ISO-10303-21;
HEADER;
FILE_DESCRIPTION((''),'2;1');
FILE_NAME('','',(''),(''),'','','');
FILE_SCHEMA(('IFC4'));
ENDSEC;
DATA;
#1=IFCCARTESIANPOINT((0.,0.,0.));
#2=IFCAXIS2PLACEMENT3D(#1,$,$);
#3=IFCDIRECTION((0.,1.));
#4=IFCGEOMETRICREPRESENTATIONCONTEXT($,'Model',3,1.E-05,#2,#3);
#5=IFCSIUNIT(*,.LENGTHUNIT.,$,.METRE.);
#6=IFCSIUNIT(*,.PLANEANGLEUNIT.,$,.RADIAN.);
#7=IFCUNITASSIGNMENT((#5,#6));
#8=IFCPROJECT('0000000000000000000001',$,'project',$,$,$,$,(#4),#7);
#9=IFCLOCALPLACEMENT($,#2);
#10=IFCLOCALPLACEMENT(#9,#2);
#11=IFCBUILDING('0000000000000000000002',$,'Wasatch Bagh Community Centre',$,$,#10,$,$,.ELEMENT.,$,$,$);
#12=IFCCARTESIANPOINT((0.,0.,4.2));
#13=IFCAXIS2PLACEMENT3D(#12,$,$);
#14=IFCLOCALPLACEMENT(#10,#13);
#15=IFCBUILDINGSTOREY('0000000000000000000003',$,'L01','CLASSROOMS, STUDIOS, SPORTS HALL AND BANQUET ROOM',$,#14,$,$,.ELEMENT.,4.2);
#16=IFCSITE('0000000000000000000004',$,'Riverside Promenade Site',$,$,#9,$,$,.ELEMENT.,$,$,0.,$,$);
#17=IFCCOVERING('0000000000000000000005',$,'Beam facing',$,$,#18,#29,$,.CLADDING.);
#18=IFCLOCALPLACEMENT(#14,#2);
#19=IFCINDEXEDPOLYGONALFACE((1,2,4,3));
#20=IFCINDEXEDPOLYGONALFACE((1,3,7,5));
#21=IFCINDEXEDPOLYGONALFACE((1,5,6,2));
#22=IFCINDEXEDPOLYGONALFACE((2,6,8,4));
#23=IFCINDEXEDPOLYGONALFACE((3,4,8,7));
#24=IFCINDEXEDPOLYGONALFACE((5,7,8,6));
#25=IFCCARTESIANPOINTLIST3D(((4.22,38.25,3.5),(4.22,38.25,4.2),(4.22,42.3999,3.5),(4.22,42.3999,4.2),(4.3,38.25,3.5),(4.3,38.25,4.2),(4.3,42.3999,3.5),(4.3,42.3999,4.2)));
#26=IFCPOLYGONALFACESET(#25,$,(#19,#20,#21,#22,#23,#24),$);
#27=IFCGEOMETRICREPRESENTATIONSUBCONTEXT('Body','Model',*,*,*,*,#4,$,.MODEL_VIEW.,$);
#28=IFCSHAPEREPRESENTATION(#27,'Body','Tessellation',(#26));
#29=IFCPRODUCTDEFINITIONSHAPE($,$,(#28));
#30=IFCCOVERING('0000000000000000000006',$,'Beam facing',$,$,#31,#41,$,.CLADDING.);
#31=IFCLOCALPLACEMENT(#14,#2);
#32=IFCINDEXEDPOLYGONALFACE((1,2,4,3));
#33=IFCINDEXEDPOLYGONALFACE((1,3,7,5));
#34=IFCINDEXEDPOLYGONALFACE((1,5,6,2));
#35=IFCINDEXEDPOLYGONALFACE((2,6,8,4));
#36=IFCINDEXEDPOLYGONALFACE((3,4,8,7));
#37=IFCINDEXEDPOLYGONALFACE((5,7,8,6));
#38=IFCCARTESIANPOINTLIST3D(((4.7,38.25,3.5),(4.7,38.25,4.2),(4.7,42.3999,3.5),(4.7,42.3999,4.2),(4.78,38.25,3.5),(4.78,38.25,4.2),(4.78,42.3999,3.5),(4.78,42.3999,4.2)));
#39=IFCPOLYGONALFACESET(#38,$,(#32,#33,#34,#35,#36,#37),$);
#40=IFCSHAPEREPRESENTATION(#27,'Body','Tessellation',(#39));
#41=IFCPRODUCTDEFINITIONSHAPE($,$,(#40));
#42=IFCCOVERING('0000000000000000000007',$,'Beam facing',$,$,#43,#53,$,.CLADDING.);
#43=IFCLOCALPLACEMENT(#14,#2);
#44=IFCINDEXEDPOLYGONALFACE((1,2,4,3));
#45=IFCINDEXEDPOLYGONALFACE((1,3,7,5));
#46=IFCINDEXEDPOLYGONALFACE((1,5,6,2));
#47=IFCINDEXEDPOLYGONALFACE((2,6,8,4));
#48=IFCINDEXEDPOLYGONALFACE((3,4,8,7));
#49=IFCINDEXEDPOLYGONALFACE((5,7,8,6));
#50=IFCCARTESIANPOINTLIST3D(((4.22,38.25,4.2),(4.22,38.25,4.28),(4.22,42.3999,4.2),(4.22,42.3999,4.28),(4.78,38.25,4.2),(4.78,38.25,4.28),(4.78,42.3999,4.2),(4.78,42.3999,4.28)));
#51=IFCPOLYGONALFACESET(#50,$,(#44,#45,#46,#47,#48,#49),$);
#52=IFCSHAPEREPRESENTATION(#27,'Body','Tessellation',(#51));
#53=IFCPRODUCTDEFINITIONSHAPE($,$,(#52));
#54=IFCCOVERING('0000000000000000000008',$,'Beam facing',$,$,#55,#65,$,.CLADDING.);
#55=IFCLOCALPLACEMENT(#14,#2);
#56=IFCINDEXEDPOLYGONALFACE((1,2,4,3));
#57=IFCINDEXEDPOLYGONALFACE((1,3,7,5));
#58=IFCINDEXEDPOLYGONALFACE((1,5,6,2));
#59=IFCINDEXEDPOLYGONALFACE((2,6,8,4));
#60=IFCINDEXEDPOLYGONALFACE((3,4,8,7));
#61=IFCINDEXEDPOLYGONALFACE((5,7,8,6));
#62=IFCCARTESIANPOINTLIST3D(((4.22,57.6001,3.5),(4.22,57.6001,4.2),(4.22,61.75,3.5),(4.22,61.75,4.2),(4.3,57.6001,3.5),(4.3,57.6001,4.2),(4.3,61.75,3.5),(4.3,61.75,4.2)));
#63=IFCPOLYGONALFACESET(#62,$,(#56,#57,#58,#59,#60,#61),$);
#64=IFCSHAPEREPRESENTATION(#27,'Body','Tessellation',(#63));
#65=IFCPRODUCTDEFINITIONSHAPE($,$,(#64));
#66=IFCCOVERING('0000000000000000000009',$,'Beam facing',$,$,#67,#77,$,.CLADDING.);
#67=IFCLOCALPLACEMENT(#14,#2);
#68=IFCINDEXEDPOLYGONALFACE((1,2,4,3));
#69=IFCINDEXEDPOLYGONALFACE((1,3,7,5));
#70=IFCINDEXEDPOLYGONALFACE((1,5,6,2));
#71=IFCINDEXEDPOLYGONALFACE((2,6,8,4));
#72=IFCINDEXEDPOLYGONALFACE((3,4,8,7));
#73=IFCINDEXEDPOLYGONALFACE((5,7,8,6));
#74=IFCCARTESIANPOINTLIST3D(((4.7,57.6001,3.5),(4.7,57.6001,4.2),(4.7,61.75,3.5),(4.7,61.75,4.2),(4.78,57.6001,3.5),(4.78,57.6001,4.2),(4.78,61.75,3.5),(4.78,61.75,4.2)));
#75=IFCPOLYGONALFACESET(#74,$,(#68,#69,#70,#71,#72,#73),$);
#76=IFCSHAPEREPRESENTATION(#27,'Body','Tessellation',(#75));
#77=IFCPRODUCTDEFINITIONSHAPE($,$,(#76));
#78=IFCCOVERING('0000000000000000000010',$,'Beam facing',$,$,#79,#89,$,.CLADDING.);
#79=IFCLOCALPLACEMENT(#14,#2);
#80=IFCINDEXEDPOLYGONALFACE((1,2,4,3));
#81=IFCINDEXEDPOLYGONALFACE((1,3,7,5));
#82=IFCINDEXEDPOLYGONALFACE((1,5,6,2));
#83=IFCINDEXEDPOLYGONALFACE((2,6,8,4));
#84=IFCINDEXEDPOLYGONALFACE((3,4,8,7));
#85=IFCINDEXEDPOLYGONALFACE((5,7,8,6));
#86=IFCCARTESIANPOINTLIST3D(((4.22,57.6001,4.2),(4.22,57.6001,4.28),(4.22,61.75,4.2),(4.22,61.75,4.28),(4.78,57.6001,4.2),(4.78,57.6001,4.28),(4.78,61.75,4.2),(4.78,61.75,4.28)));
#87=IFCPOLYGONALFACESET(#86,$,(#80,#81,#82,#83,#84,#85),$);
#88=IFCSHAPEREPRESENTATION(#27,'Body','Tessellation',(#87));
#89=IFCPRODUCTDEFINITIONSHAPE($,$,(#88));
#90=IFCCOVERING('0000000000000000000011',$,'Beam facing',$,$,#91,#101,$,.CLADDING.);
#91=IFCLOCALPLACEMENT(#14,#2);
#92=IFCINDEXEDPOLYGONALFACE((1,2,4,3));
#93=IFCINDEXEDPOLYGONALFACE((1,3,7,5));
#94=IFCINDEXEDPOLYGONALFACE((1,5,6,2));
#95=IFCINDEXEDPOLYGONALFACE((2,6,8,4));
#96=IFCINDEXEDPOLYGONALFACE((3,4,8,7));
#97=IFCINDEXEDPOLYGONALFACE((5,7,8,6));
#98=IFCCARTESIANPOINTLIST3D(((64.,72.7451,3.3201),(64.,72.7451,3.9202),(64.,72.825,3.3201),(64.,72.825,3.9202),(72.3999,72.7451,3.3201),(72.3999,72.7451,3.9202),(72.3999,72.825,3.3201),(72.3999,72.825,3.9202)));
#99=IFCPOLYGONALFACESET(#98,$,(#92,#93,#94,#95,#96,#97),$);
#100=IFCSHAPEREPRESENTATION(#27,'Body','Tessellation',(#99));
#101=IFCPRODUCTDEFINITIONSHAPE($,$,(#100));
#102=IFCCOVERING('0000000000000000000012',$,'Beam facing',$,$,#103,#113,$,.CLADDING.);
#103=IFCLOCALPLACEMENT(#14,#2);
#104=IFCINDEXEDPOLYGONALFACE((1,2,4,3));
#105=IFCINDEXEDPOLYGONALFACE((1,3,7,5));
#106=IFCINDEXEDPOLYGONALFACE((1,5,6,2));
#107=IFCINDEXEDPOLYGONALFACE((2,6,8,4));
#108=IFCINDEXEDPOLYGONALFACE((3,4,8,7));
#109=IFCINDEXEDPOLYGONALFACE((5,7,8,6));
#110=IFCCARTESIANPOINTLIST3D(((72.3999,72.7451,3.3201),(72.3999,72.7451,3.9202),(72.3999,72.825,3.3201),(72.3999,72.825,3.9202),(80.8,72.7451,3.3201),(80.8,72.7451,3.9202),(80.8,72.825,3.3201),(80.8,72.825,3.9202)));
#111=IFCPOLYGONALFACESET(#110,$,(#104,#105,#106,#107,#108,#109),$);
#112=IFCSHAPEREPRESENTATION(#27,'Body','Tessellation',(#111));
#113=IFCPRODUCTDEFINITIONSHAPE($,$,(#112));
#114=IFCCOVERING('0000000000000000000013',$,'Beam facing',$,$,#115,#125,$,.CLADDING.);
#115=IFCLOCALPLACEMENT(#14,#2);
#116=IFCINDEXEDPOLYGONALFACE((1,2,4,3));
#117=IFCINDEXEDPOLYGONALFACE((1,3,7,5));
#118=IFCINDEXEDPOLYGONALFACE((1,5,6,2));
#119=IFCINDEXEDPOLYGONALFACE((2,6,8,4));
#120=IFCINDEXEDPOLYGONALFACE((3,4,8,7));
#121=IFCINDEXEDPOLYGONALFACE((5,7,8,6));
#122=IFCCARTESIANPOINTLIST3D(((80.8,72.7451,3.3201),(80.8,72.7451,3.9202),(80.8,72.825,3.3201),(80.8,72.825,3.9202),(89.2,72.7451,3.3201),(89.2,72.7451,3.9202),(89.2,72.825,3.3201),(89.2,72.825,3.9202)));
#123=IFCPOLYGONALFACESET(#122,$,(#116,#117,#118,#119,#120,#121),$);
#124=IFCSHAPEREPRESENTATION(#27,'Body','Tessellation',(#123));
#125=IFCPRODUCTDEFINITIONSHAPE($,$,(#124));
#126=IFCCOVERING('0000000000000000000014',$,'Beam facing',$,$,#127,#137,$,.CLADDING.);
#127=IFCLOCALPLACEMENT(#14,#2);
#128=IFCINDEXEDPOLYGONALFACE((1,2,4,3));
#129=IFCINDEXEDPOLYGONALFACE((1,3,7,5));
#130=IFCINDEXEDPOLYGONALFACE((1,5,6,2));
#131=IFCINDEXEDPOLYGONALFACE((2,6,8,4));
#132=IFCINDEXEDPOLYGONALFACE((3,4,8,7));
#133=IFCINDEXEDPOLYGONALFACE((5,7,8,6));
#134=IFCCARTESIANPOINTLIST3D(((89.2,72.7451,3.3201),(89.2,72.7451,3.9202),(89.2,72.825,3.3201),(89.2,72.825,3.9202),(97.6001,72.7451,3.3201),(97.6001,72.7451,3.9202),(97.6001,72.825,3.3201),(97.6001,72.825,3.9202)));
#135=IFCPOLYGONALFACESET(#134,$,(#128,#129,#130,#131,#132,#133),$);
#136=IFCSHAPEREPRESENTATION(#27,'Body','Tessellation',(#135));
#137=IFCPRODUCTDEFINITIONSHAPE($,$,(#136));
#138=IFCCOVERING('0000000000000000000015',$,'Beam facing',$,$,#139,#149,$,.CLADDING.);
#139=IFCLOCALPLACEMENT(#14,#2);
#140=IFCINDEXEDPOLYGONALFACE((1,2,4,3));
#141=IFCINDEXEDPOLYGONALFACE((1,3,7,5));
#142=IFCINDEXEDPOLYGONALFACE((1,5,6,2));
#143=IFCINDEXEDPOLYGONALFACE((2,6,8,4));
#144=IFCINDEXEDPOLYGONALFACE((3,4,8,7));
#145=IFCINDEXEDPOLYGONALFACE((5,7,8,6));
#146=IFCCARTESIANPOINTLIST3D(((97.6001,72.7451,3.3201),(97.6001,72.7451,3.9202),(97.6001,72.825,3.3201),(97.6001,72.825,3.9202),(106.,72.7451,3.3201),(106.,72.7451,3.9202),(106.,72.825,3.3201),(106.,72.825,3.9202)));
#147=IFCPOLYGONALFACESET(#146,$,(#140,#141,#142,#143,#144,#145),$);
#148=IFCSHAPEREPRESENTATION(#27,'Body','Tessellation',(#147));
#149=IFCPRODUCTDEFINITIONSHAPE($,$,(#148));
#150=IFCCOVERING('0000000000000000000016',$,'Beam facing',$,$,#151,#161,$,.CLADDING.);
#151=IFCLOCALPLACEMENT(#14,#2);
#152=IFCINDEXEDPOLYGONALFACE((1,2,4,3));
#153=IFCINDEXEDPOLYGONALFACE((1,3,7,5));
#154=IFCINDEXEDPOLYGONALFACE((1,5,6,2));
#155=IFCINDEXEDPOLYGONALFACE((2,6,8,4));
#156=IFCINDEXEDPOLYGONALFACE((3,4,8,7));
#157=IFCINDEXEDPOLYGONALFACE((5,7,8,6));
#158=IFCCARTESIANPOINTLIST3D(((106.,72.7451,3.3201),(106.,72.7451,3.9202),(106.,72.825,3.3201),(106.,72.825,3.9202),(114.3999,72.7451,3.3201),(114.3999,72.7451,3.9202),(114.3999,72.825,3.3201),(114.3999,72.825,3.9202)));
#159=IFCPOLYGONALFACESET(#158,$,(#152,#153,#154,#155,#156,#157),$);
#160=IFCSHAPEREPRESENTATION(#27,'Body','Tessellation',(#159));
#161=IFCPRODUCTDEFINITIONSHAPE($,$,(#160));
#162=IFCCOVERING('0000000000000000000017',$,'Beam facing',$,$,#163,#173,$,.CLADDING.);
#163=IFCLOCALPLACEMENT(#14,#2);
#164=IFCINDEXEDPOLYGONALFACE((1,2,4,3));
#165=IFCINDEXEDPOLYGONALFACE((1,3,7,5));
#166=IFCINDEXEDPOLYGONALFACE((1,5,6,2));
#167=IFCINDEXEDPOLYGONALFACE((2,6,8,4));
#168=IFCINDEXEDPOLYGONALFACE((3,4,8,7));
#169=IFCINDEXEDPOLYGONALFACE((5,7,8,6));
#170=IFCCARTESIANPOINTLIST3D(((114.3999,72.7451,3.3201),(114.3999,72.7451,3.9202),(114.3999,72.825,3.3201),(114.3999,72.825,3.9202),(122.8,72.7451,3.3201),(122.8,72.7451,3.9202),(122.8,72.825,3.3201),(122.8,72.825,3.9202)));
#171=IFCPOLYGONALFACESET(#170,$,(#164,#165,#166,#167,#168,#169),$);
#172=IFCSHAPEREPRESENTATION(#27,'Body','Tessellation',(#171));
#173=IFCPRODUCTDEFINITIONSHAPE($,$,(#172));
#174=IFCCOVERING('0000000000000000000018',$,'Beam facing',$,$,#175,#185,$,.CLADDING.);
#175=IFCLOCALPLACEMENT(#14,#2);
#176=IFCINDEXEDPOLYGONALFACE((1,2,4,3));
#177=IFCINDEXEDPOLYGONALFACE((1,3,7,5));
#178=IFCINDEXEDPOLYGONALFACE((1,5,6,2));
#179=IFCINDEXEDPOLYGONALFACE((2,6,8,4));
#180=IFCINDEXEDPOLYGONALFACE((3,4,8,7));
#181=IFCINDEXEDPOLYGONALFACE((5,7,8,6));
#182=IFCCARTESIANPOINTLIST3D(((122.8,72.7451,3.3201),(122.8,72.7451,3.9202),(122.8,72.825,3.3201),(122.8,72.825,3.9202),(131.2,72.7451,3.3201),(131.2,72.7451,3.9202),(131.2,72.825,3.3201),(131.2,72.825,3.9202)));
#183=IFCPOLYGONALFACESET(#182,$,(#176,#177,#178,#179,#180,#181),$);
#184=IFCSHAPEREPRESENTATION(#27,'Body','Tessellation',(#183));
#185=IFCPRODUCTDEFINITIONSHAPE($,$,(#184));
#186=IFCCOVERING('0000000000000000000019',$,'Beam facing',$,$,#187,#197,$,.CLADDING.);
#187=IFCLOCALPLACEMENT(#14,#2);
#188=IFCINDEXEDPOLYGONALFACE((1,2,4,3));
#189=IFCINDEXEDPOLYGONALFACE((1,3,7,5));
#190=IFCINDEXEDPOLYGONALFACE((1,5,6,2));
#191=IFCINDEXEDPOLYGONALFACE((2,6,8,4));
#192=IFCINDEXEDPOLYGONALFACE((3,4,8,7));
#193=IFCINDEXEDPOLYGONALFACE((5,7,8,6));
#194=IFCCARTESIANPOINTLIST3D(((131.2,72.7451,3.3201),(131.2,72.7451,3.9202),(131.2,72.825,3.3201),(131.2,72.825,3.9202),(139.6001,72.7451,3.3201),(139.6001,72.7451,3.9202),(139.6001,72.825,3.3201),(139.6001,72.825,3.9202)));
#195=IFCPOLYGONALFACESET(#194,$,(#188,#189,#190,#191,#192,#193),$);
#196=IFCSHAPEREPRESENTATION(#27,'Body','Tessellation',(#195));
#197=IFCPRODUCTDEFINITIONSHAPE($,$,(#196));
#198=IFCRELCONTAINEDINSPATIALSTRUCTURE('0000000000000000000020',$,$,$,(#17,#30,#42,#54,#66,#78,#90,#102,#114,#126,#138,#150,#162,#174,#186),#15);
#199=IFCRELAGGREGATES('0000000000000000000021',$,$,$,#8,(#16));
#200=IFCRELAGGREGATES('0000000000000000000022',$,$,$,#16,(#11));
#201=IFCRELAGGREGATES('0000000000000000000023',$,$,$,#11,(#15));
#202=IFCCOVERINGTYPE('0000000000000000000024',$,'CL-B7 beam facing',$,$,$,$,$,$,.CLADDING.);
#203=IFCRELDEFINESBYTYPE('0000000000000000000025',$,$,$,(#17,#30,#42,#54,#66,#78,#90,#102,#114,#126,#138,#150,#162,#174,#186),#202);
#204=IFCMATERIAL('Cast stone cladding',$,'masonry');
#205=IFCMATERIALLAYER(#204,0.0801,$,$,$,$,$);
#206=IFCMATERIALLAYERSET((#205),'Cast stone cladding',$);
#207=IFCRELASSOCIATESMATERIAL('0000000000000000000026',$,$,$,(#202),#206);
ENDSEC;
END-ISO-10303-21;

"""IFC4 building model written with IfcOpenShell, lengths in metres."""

from ifc_helpers import new_model, si_unit, direction, frame, origin, place, context, subcontext, project, spatial, polyline, outline, extrude, material, layer, layer_set, type_object, element, save


model = new_model("IFC4")

# Units and contexts
model_context = context("Model", 3, precision=1e-05, world=origin(), true_north=direction((0.0, 1.0)))
body_context = subcontext(model_context, "Body", "Model", "MODEL_VIEW")
ifc_project = project(units=[si_unit("LENGTHUNIT", "METRE"), si_unit("PLANEANGLEUNIT", "RADIAN")], contexts=[model_context])

# Site, building, storey
site_placement = place(None, origin())
site = spatial("IfcSite", under=ifc_project, at=site_placement, Name="Riverside Promenade Site", CompositionType="ELEMENT", RefElevation=0.0)
building_placement = place(site_placement, origin())
building = spatial("IfcBuilding", under=site, at=building_placement, Name="Wasatch Bagh Community Centre", CompositionType="ELEMENT")
storey_placement = place(building_placement, frame((0.0, 0.0, 4.2)))
storey = spatial("IfcBuildingStorey", under=building, at=storey_placement, Name="L01", Description="CLASSROOMS, STUDIOS, SPORTS HALL AND BANQUET ROOM", CompositionType="ELEMENT", Elevation=4.2)

# Coverings
ifc_material = material(Name="Cast stone cladding", Category="masonry")
ifc_layer = layer(ifc_material, 0.0801)
ifc_layer_set = layer_set([ifc_layer], Name="Cast stone cladding")
covering_type = type_object("IfcCoveringType", Name="CL-B7 beam facing", PredefinedType="CLADDING", material=ifc_layer_set)
covering_1_placement = place(storey_placement, frame((0.0, 0.0, 3.5)))
element("IfcCovering", 1, at=covering_1_placement, inside=storey, type_object=covering_type, Name="Beam facing", PredefinedType="CLADDING", context=body_context, shape_type="SweptSolid", body=[
    extrude(outline(polyline([(4.3, 38.25), (4.3, 42.3999), (4.22, 42.3999), (4.22, 38.25), (4.3, 38.25)])), origin(), (0.0, 0.0, 1.0), 0.7),
])
covering_2_placement = place(storey_placement, frame((0.0, 0.0, 3.5)))
element("IfcCovering", 2, at=covering_2_placement, inside=storey, type_object=covering_type, Name="Beam facing", PredefinedType="CLADDING", context=body_context, shape_type="SweptSolid", body=[
    extrude(outline(polyline([(4.7, 38.25), (4.7, 42.3999), (4.78, 42.3999), (4.78, 38.25), (4.7, 38.25)])), origin(), (0.0, 0.0, 1.0), 0.7),
])
covering_3_placement = place(storey_placement, frame((0.0, 0.0, 4.2)))
element("IfcCovering", 3, at=covering_3_placement, inside=storey, type_object=covering_type, Name="Beam facing", PredefinedType="CLADDING", context=body_context, shape_type="SweptSolid", body=[
    extrude(outline(polyline([(4.78, 38.25), (4.78, 42.3999), (4.22, 42.3999), (4.22, 38.25), (4.78, 38.25)])), origin(), (0.0, 0.0, 1.0), 0.0801),
])
covering_4_placement = place(storey_placement, frame((0.0, 0.0, 3.5)))
element("IfcCovering", 4, at=covering_4_placement, inside=storey, type_object=covering_type, Name="Beam facing", PredefinedType="CLADDING", context=body_context, shape_type="SweptSolid", body=[
    extrude(outline(polyline([(4.3, 57.6001), (4.3, 61.75), (4.22, 61.75), (4.22, 57.6001), (4.3, 57.6001)])), origin(), (0.0, 0.0, 1.0), 0.7),
])
covering_5_placement = place(storey_placement, frame((0.0, 0.0, 3.5)))
element("IfcCovering", 5, at=covering_5_placement, inside=storey, type_object=covering_type, Name="Beam facing", PredefinedType="CLADDING", context=body_context, shape_type="SweptSolid", body=[
    extrude(outline(polyline([(4.7, 57.6001), (4.7, 61.75), (4.78, 61.75), (4.78, 57.6001), (4.7, 57.6001)])), origin(), (0.0, 0.0, 1.0), 0.7),
])
covering_6_placement = place(storey_placement, frame((0.0, 0.0, 4.2)))
element("IfcCovering", 6, at=covering_6_placement, inside=storey, type_object=covering_type, Name="Beam facing", PredefinedType="CLADDING", context=body_context, shape_type="SweptSolid", body=[
    extrude(outline(polyline([(4.78, 57.6001), (4.78, 61.75), (4.22, 61.75), (4.22, 57.6001), (4.78, 57.6001)])), origin(), (0.0, 0.0, 1.0), 0.0801),
])
covering_7_placement = place(storey_placement, frame((0.0, 0.0, 3.3201)))
element("IfcCovering", 7, at=covering_7_placement, inside=storey, type_object=covering_type, Name="Beam facing", PredefinedType="CLADDING", context=body_context, shape_type="SweptSolid", body=[
    extrude(outline(polyline([(64.0, 72.825), (72.3999, 72.825), (72.3999, 72.7451), (64.0, 72.7451), (64.0, 72.825)])), origin(), (0.0, 0.0, 1.0), 0.6001),
])
covering_8_placement = place(storey_placement, frame((0.0, 0.0, 3.3201)))
element("IfcCovering", 8, at=covering_8_placement, inside=storey, type_object=covering_type, Name="Beam facing", PredefinedType="CLADDING", context=body_context, shape_type="SweptSolid", body=[
    extrude(outline(polyline([(72.3999, 72.825), (80.8, 72.825), (80.8, 72.7451), (72.3999, 72.7451), (72.3999, 72.825)])), origin(), (0.0, 0.0, 1.0), 0.6001),
])
covering_9_placement = place(storey_placement, frame((0.0, 0.0, 3.3201)))
element("IfcCovering", 9, at=covering_9_placement, inside=storey, type_object=covering_type, Name="Beam facing", PredefinedType="CLADDING", context=body_context, shape_type="SweptSolid", body=[
    extrude(outline(polyline([(80.8, 72.825), (89.2, 72.825), (89.2, 72.7451), (80.8, 72.7451), (80.8, 72.825)])), origin(), (0.0, 0.0, 1.0), 0.6001),
])
covering_10_placement = place(storey_placement, frame((0.0, 0.0, 3.3201)))
element("IfcCovering", 10, at=covering_10_placement, inside=storey, type_object=covering_type, Name="Beam facing", PredefinedType="CLADDING", context=body_context, shape_type="SweptSolid", body=[
    extrude(outline(polyline([(89.2, 72.825), (97.6001, 72.825), (97.6001, 72.7451), (89.2, 72.7451), (89.2, 72.825)])), origin(), (0.0, 0.0, 1.0), 0.6001),
])
covering_11_placement = place(storey_placement, frame((0.0, 0.0, 3.3201)))
element("IfcCovering", 11, at=covering_11_placement, inside=storey, type_object=covering_type, Name="Beam facing", PredefinedType="CLADDING", context=body_context, shape_type="SweptSolid", body=[
    extrude(outline(polyline([(97.6001, 72.825), (106.0, 72.825), (106.0, 72.7451), (97.6001, 72.7451), (97.6001, 72.825)])), origin(), (0.0, 0.0, 1.0), 0.6001),
])
covering_12_placement = place(storey_placement, frame((0.0, 0.0, 3.3201)))
element("IfcCovering", 12, at=covering_12_placement, inside=storey, type_object=covering_type, Name="Beam facing", PredefinedType="CLADDING", context=body_context, shape_type="SweptSolid", body=[
    extrude(outline(polyline([(106.0, 72.825), (114.3999, 72.825), (114.3999, 72.7451), (106.0, 72.7451), (106.0, 72.825)])), origin(), (0.0, 0.0, 1.0), 0.6001),
])
covering_13_placement = place(storey_placement, frame((0.0, 0.0, 3.3201)))
element("IfcCovering", 13, at=covering_13_placement, inside=storey, type_object=covering_type, Name="Beam facing", PredefinedType="CLADDING", context=body_context, shape_type="SweptSolid", body=[
    extrude(outline(polyline([(114.3999, 72.825), (122.8, 72.825), (122.8, 72.7451), (114.3999, 72.7451), (114.3999, 72.825)])), origin(), (0.0, 0.0, 1.0), 0.6001),
])
covering_14_placement = place(storey_placement, frame((0.0, 0.0, 3.3201)))
element("IfcCovering", 14, at=covering_14_placement, inside=storey, type_object=covering_type, Name="Beam facing", PredefinedType="CLADDING", context=body_context, shape_type="SweptSolid", body=[
    extrude(outline(polyline([(122.8, 72.825), (131.2, 72.825), (131.2, 72.7451), (122.8, 72.7451), (122.8, 72.825)])), origin(), (0.0, 0.0, 1.0), 0.6001),
])
covering_15_placement = place(storey_placement, frame((0.0, 0.0, 3.3201)))
element("IfcCovering", 15, at=covering_15_placement, inside=storey, type_object=covering_type, Name="Beam facing", PredefinedType="CLADDING", context=body_context, shape_type="SweptSolid", body=[
    extrude(outline(polyline([(131.2, 72.825), (139.6001, 72.825), (139.6001, 72.7451), (131.2, 72.7451), (131.2, 72.825)])), origin(), (0.0, 0.0, 1.0), 0.6001),
])

save(model, "model.ifc")
